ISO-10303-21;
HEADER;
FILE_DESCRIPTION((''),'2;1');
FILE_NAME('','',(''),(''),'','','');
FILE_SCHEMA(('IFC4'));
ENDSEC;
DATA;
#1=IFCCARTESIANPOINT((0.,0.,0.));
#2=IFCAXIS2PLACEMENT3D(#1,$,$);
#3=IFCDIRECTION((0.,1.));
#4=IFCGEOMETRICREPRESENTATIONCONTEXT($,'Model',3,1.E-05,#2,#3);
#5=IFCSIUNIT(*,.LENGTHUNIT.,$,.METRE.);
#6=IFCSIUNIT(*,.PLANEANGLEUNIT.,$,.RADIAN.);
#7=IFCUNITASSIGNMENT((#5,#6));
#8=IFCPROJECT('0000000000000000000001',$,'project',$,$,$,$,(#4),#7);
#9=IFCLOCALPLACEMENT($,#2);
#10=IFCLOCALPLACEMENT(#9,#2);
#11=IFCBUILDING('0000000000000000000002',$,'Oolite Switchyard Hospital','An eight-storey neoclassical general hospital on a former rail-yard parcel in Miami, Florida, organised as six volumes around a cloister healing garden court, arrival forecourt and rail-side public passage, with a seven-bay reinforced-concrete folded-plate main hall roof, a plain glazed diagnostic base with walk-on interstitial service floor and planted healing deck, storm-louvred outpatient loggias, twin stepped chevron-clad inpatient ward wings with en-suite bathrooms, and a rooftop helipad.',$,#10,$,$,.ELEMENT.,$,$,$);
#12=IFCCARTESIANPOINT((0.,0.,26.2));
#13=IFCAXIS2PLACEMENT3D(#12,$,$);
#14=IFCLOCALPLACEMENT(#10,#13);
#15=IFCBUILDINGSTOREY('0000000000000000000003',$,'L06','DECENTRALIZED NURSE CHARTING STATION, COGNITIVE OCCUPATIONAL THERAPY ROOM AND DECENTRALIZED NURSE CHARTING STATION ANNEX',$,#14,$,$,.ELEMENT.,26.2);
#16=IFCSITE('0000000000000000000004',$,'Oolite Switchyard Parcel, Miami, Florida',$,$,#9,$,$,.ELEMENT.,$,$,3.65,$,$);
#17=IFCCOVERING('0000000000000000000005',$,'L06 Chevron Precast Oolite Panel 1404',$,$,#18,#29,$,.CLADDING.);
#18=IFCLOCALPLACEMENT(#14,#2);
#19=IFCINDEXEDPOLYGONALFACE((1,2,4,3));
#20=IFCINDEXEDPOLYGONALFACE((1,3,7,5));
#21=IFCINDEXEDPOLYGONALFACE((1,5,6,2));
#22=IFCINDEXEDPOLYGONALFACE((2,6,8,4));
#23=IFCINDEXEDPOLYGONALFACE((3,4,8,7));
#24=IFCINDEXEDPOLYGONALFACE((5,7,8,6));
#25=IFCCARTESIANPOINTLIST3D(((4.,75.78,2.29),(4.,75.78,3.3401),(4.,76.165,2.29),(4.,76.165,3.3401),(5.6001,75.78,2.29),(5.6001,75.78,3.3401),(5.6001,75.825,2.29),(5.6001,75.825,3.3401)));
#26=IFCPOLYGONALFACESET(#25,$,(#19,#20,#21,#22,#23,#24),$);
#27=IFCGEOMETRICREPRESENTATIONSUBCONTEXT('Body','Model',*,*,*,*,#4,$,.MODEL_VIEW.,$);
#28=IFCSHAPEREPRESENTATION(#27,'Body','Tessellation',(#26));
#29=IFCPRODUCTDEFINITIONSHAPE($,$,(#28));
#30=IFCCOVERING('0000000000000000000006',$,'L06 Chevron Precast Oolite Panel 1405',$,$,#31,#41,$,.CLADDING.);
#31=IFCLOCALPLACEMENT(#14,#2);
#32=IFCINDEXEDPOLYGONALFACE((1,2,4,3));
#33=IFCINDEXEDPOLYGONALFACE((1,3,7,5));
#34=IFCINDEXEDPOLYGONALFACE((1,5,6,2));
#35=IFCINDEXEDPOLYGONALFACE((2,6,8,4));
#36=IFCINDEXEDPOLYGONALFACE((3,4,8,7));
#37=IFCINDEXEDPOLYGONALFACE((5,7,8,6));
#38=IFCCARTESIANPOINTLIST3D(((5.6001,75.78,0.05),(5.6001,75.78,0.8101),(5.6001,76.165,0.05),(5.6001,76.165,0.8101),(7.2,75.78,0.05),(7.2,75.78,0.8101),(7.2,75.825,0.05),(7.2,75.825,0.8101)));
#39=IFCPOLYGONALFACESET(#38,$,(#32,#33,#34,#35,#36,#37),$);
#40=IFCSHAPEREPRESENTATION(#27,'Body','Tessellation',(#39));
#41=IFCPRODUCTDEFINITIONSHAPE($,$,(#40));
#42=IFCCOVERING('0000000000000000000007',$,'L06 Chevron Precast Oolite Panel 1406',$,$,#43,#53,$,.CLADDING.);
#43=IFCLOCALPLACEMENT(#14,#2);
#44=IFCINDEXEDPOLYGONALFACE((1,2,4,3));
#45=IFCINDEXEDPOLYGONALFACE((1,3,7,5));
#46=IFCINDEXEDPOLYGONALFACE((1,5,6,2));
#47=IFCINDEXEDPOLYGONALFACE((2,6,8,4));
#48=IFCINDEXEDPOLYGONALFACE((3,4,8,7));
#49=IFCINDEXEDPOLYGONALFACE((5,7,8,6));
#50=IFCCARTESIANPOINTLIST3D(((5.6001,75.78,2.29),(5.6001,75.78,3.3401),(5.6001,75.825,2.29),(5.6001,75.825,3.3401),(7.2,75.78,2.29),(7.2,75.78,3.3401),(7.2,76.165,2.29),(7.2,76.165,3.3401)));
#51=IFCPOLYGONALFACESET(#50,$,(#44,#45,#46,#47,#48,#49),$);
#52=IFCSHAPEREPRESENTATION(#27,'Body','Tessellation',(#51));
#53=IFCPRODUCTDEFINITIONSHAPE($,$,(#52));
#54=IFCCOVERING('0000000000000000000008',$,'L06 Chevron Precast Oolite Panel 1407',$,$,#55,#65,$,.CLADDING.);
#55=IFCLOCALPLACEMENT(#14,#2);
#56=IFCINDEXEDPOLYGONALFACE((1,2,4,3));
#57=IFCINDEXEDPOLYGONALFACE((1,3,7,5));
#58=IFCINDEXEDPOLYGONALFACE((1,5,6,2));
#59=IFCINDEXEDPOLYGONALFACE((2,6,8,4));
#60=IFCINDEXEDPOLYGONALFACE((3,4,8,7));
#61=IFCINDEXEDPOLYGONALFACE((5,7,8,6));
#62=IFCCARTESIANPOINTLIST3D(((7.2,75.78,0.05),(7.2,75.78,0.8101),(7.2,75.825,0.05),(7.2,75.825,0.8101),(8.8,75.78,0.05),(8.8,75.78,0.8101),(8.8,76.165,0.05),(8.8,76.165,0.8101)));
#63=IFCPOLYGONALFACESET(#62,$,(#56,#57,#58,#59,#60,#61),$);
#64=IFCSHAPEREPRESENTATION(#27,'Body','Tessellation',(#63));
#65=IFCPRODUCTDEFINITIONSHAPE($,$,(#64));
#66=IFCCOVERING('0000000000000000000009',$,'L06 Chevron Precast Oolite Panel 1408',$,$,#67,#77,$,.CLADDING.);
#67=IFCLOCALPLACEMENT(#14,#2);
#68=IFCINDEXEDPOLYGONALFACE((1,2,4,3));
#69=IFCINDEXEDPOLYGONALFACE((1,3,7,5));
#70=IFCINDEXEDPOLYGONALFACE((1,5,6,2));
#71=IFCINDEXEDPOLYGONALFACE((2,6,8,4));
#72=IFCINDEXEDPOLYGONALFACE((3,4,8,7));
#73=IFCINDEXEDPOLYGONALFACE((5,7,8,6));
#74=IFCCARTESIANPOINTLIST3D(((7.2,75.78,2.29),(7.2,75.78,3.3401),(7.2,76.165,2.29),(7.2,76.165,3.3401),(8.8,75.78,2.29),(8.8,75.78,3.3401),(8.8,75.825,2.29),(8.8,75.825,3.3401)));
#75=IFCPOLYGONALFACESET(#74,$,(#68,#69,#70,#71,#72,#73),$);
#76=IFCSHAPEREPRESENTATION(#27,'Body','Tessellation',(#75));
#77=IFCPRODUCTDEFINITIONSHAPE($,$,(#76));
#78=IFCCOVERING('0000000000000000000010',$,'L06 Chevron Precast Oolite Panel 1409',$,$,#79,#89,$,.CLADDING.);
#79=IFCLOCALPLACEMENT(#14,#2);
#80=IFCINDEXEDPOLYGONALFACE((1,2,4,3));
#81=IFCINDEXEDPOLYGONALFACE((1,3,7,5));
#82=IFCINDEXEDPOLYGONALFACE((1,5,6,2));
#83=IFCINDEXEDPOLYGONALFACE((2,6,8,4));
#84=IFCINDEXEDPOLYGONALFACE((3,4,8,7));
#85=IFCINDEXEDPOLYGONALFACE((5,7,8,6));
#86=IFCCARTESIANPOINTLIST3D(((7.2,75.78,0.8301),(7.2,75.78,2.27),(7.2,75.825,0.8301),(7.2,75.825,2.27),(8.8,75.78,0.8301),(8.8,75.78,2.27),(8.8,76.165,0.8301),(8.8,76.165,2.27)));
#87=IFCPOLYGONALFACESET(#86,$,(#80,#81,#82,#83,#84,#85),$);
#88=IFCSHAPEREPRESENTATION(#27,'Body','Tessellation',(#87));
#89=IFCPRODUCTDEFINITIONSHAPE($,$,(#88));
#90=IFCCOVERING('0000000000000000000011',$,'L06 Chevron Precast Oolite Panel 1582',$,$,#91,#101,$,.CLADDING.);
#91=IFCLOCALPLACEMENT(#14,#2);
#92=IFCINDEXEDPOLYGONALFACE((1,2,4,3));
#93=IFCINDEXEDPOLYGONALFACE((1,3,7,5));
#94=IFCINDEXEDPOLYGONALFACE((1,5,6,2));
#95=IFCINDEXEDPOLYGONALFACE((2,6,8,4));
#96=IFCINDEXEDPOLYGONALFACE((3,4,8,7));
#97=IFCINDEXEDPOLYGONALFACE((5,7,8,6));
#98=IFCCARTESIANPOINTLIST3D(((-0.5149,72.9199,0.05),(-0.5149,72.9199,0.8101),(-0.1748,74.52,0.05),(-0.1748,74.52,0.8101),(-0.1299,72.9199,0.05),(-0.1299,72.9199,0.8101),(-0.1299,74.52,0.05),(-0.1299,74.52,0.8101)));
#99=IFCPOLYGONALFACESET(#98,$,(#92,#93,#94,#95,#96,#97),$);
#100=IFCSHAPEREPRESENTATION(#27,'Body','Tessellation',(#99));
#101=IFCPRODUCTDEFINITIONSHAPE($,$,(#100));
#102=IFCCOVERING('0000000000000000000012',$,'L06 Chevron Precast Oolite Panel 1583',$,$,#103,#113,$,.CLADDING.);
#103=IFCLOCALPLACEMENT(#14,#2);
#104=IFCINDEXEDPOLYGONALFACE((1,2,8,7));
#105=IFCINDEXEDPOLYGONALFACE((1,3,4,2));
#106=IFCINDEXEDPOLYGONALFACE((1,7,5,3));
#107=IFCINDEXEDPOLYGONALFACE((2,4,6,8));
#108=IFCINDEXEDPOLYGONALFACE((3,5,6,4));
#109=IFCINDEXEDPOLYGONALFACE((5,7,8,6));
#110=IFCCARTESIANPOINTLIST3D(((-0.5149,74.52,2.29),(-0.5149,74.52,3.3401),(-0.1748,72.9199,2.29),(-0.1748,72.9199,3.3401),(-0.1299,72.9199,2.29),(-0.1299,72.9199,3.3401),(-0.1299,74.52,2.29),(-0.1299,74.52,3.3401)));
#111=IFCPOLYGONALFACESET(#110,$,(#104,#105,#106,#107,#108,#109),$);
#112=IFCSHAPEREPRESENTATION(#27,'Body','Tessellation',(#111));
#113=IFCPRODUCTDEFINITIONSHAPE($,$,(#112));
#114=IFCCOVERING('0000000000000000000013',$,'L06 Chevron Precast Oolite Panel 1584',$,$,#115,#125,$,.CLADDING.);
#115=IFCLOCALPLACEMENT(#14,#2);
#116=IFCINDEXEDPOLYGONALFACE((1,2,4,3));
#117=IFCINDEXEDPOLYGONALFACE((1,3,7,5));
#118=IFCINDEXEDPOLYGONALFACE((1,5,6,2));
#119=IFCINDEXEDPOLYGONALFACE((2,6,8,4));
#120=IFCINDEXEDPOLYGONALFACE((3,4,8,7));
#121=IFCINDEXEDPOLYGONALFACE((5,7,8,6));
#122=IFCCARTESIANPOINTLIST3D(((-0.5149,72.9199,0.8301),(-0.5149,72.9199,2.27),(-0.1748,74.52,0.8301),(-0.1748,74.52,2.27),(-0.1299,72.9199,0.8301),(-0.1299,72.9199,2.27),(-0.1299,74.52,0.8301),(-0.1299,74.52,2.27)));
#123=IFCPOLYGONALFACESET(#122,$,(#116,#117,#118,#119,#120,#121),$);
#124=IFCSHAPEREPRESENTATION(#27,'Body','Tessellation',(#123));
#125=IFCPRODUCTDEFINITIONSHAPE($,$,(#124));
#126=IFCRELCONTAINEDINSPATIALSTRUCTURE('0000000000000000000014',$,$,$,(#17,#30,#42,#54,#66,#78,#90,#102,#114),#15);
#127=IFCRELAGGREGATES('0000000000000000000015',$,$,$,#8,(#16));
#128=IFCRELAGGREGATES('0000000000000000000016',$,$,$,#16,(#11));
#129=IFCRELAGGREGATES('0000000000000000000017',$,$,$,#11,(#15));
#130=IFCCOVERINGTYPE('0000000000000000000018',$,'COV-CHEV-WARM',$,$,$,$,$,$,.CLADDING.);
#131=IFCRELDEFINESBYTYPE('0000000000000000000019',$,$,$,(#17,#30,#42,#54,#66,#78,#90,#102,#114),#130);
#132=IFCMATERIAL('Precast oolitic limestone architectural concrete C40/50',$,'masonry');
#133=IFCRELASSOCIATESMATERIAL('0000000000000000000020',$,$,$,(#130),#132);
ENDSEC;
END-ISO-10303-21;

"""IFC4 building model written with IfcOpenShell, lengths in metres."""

from ifc_helpers import new_model, si_unit, direction, frame, origin, place, context, subcontext, project, spatial, polyline, outline, extrude, material, type_object, element, save


model = new_model("IFC4")

# Units and contexts
model_context = context("Model", 3, precision=1e-05, world=origin(), true_north=direction((0.0, 1.0)))
body_context = subcontext(model_context, "Body", "Model", "MODEL_VIEW")
ifc_project = project(units=[si_unit("LENGTHUNIT", "METRE"), si_unit("PLANEANGLEUNIT", "RADIAN")], contexts=[model_context])

# Site, building, storey
site_placement = place(None, origin())
site = spatial("IfcSite", under=ifc_project, at=site_placement, Name="Oolite Switchyard Parcel, Miami, Florida", CompositionType="ELEMENT", RefElevation=3.65)
building_placement = place(site_placement, origin())
building = spatial("IfcBuilding", under=site, at=building_placement, Name="Oolite Switchyard Hospital", Description="An eight-storey neoclassical general hospital on a former rail-yard parcel in Miami, Florida, organised as six volumes around a cloister healing garden court, arrival forecourt and rail-side public passage, with a seven-bay reinforced-concrete folded-plate main hall roof, a plain glazed diagnostic base with walk-on interstitial service floor and planted healing deck, storm-louvred outpatient loggias, twin stepped chevron-clad inpatient ward wings with en-suite bathrooms, and a rooftop helipad.", CompositionType="ELEMENT")
storey_placement = place(building_placement, frame((0.0, 0.0, 26.2)))
storey = spatial("IfcBuildingStorey", under=building, at=storey_placement, Name="L06", Description="DECENTRALIZED NURSE CHARTING STATION, COGNITIVE OCCUPATIONAL THERAPY ROOM AND DECENTRALIZED NURSE CHARTING STATION ANNEX", CompositionType="ELEMENT", Elevation=26.2)

# Shared definitions
ifc_material_1 = material(Name="Precast oolitic limestone architectural concrete C40/50", Category="masonry")

# Coverings
covering_type = type_object("IfcCoveringType", Name="COV-CHEV-WARM", PredefinedType="CLADDING", material=ifc_material_1)
covering_1_placement = place(storey_placement, frame((4.0, 75.78, 2.29), z_axis=(0.0, 0.0, 1.0), x_axis=(1.0, 0.0, 0.0)))
element("IfcCovering", 1, at=covering_1_placement, inside=storey, type_object=covering_type, Name="L06 Chevron Precast Oolite Panel 1404", PredefinedType="CLADDING", context=body_context, shape_type="SweptSolid", body=[
    extrude(outline(polyline([(0.0, 0.0), (1.6001, 0.0), (1.6001, 0.0449), (0.0, 0.385), (0.0, 0.0)])), origin(), (0.0, 0.0, 1.0), 1.05),
])
covering_2_placement = place(storey_placement, frame((5.6001, 75.78, 0.05), z_axis=(0.0, 0.0, 1.0), x_axis=(1.0, 0.0, 0.0)))
element("IfcCovering", 2, at=covering_2_placement, inside=storey, type_object=covering_type, Name="L06 Chevron Precast Oolite Panel 1405", PredefinedType="CLADDING", context=body_context, shape_type="SweptSolid", body=[
    extrude(outline(polyline([(0.0, 0.0), (1.5999, 0.0), (1.5999, 0.0449), (0.0, 0.385), (0.0, 0.0)])), origin(), (0.0, 0.0, 1.0), 0.76),
])
covering_3_placement = place(storey_placement, frame((5.6001, 75.78, 2.29), z_axis=(0.0, 0.0, 1.0), x_axis=(1.0, 0.0, 0.0)))
element("IfcCovering", 3, at=covering_3_placement, inside=storey, type_object=covering_type, Name="L06 Chevron Precast Oolite Panel 1406", PredefinedType="CLADDING", context=body_context, shape_type="SweptSolid", body=[
    extrude(outline(polyline([(0.0, 0.0), (1.5999, 0.0), (1.5999, 0.385), (0.0, 0.0449), (0.0, 0.0)])), origin(), (0.0, 0.0, 1.0), 1.05),
])
covering_4_placement = place(storey_placement, frame((7.2, 75.78, 0.05), z_axis=(0.0, 0.0, 1.0), x_axis=(1.0, 0.0, 0.0)))
element("IfcCovering", 4, at=covering_4_placement, inside=storey, type_object=covering_type, Name="L06 Chevron Precast Oolite Panel 1407", PredefinedType="CLADDING", context=body_context, shape_type="SweptSolid", body=[
    extrude(outline(polyline([(0.0, 0.0), (1.6001, 0.0), (1.6001, 0.385), (0.0, 0.0449), (0.0, 0.0)])), origin(), (0.0, 0.0, 1.0), 0.76),
])
covering_5_placement = place(storey_placement, frame((7.2, 75.78, 2.29), z_axis=(0.0, 0.0, 1.0), x_axis=(1.0, 0.0, 0.0)))
element("IfcCovering", 5, at=covering_5_placement, inside=storey, type_object=covering_type, Name="L06 Chevron Precast Oolite Panel 1408", PredefinedType="CLADDING", context=body_context, shape_type="SweptSolid", body=[
    extrude(outline(polyline([(0.0, 0.0), (1.6001, 0.0), (1.6001, 0.0449), (0.0, 0.385), (0.0, 0.0)])), origin(), (0.0, 0.0, 1.0), 1.05),
])
covering_6_placement = place(storey_placement, frame((7.2, 75.78, 0.8301), z_axis=(0.0, 0.0, 1.0), x_axis=(1.0, 0.0, 0.0)))
element("IfcCovering", 6, at=covering_6_placement, inside=storey, type_object=covering_type, Name="L06 Chevron Precast Oolite Panel 1409", PredefinedType="CLADDING", context=body_context, shape_type="SweptSolid", body=[
    extrude(outline(polyline([(0.0, 0.0), (1.6001, 0.0), (1.6001, 0.385), (0.0, 0.0449), (0.0, 0.0)])), origin(), (0.0, 0.0, 1.0), 1.4399),
])
covering_7_placement = place(storey_placement, frame((-0.1299, 72.9199, 0.05), z_axis=(0.0, 0.0, 1.0), x_axis=(0.0, 1.0, 0.0)))
element("IfcCovering", 7, at=covering_7_placement, inside=storey, type_object=covering_type, Name="L06 Chevron Precast Oolite Panel 1582", PredefinedType="CLADDING", context=body_context, shape_type="SweptSolid", body=[
    extrude(outline(polyline([(0.0, 0.0), (1.6001, 0.0), (1.6001, 0.0449), (0.0, 0.385), (0.0, 0.0)])), origin(), (0.0, 0.0, 1.0), 0.76),
])
covering_8_placement = place(storey_placement, frame((-0.1299, 72.9199, 2.29), z_axis=(0.0, 0.0, 1.0), x_axis=(0.0, 1.0, 0.0)))
element("IfcCovering", 8, at=covering_8_placement, inside=storey, type_object=covering_type, Name="L06 Chevron Precast Oolite Panel 1583", PredefinedType="CLADDING", context=body_context, shape_type="SweptSolid", body=[
    extrude(outline(polyline([(0.0, 0.0), (1.6001, 0.0), (1.6001, 0.385), (0.0, 0.0449), (0.0, 0.0)])), origin(), (0.0, 0.0, 1.0), 1.05),
])
covering_9_placement = place(storey_placement, frame((-0.1299, 72.9199, 0.8301), z_axis=(0.0, 0.0, 1.0), x_axis=(0.0, 1.0, 0.0)))
element("IfcCovering", 9, at=covering_9_placement, inside=storey, type_object=covering_type, Name="L06 Chevron Precast Oolite Panel 1584", PredefinedType="CLADDING", context=body_context, shape_type="SweptSolid", body=[
    extrude(outline(polyline([(0.0, 0.0), (1.6001, 0.0), (1.6001, 0.0449), (0.0, 0.385), (0.0, 0.0)])), origin(), (0.0, 0.0, 1.0), 1.4399),
])

save(model, "model.ifc")
